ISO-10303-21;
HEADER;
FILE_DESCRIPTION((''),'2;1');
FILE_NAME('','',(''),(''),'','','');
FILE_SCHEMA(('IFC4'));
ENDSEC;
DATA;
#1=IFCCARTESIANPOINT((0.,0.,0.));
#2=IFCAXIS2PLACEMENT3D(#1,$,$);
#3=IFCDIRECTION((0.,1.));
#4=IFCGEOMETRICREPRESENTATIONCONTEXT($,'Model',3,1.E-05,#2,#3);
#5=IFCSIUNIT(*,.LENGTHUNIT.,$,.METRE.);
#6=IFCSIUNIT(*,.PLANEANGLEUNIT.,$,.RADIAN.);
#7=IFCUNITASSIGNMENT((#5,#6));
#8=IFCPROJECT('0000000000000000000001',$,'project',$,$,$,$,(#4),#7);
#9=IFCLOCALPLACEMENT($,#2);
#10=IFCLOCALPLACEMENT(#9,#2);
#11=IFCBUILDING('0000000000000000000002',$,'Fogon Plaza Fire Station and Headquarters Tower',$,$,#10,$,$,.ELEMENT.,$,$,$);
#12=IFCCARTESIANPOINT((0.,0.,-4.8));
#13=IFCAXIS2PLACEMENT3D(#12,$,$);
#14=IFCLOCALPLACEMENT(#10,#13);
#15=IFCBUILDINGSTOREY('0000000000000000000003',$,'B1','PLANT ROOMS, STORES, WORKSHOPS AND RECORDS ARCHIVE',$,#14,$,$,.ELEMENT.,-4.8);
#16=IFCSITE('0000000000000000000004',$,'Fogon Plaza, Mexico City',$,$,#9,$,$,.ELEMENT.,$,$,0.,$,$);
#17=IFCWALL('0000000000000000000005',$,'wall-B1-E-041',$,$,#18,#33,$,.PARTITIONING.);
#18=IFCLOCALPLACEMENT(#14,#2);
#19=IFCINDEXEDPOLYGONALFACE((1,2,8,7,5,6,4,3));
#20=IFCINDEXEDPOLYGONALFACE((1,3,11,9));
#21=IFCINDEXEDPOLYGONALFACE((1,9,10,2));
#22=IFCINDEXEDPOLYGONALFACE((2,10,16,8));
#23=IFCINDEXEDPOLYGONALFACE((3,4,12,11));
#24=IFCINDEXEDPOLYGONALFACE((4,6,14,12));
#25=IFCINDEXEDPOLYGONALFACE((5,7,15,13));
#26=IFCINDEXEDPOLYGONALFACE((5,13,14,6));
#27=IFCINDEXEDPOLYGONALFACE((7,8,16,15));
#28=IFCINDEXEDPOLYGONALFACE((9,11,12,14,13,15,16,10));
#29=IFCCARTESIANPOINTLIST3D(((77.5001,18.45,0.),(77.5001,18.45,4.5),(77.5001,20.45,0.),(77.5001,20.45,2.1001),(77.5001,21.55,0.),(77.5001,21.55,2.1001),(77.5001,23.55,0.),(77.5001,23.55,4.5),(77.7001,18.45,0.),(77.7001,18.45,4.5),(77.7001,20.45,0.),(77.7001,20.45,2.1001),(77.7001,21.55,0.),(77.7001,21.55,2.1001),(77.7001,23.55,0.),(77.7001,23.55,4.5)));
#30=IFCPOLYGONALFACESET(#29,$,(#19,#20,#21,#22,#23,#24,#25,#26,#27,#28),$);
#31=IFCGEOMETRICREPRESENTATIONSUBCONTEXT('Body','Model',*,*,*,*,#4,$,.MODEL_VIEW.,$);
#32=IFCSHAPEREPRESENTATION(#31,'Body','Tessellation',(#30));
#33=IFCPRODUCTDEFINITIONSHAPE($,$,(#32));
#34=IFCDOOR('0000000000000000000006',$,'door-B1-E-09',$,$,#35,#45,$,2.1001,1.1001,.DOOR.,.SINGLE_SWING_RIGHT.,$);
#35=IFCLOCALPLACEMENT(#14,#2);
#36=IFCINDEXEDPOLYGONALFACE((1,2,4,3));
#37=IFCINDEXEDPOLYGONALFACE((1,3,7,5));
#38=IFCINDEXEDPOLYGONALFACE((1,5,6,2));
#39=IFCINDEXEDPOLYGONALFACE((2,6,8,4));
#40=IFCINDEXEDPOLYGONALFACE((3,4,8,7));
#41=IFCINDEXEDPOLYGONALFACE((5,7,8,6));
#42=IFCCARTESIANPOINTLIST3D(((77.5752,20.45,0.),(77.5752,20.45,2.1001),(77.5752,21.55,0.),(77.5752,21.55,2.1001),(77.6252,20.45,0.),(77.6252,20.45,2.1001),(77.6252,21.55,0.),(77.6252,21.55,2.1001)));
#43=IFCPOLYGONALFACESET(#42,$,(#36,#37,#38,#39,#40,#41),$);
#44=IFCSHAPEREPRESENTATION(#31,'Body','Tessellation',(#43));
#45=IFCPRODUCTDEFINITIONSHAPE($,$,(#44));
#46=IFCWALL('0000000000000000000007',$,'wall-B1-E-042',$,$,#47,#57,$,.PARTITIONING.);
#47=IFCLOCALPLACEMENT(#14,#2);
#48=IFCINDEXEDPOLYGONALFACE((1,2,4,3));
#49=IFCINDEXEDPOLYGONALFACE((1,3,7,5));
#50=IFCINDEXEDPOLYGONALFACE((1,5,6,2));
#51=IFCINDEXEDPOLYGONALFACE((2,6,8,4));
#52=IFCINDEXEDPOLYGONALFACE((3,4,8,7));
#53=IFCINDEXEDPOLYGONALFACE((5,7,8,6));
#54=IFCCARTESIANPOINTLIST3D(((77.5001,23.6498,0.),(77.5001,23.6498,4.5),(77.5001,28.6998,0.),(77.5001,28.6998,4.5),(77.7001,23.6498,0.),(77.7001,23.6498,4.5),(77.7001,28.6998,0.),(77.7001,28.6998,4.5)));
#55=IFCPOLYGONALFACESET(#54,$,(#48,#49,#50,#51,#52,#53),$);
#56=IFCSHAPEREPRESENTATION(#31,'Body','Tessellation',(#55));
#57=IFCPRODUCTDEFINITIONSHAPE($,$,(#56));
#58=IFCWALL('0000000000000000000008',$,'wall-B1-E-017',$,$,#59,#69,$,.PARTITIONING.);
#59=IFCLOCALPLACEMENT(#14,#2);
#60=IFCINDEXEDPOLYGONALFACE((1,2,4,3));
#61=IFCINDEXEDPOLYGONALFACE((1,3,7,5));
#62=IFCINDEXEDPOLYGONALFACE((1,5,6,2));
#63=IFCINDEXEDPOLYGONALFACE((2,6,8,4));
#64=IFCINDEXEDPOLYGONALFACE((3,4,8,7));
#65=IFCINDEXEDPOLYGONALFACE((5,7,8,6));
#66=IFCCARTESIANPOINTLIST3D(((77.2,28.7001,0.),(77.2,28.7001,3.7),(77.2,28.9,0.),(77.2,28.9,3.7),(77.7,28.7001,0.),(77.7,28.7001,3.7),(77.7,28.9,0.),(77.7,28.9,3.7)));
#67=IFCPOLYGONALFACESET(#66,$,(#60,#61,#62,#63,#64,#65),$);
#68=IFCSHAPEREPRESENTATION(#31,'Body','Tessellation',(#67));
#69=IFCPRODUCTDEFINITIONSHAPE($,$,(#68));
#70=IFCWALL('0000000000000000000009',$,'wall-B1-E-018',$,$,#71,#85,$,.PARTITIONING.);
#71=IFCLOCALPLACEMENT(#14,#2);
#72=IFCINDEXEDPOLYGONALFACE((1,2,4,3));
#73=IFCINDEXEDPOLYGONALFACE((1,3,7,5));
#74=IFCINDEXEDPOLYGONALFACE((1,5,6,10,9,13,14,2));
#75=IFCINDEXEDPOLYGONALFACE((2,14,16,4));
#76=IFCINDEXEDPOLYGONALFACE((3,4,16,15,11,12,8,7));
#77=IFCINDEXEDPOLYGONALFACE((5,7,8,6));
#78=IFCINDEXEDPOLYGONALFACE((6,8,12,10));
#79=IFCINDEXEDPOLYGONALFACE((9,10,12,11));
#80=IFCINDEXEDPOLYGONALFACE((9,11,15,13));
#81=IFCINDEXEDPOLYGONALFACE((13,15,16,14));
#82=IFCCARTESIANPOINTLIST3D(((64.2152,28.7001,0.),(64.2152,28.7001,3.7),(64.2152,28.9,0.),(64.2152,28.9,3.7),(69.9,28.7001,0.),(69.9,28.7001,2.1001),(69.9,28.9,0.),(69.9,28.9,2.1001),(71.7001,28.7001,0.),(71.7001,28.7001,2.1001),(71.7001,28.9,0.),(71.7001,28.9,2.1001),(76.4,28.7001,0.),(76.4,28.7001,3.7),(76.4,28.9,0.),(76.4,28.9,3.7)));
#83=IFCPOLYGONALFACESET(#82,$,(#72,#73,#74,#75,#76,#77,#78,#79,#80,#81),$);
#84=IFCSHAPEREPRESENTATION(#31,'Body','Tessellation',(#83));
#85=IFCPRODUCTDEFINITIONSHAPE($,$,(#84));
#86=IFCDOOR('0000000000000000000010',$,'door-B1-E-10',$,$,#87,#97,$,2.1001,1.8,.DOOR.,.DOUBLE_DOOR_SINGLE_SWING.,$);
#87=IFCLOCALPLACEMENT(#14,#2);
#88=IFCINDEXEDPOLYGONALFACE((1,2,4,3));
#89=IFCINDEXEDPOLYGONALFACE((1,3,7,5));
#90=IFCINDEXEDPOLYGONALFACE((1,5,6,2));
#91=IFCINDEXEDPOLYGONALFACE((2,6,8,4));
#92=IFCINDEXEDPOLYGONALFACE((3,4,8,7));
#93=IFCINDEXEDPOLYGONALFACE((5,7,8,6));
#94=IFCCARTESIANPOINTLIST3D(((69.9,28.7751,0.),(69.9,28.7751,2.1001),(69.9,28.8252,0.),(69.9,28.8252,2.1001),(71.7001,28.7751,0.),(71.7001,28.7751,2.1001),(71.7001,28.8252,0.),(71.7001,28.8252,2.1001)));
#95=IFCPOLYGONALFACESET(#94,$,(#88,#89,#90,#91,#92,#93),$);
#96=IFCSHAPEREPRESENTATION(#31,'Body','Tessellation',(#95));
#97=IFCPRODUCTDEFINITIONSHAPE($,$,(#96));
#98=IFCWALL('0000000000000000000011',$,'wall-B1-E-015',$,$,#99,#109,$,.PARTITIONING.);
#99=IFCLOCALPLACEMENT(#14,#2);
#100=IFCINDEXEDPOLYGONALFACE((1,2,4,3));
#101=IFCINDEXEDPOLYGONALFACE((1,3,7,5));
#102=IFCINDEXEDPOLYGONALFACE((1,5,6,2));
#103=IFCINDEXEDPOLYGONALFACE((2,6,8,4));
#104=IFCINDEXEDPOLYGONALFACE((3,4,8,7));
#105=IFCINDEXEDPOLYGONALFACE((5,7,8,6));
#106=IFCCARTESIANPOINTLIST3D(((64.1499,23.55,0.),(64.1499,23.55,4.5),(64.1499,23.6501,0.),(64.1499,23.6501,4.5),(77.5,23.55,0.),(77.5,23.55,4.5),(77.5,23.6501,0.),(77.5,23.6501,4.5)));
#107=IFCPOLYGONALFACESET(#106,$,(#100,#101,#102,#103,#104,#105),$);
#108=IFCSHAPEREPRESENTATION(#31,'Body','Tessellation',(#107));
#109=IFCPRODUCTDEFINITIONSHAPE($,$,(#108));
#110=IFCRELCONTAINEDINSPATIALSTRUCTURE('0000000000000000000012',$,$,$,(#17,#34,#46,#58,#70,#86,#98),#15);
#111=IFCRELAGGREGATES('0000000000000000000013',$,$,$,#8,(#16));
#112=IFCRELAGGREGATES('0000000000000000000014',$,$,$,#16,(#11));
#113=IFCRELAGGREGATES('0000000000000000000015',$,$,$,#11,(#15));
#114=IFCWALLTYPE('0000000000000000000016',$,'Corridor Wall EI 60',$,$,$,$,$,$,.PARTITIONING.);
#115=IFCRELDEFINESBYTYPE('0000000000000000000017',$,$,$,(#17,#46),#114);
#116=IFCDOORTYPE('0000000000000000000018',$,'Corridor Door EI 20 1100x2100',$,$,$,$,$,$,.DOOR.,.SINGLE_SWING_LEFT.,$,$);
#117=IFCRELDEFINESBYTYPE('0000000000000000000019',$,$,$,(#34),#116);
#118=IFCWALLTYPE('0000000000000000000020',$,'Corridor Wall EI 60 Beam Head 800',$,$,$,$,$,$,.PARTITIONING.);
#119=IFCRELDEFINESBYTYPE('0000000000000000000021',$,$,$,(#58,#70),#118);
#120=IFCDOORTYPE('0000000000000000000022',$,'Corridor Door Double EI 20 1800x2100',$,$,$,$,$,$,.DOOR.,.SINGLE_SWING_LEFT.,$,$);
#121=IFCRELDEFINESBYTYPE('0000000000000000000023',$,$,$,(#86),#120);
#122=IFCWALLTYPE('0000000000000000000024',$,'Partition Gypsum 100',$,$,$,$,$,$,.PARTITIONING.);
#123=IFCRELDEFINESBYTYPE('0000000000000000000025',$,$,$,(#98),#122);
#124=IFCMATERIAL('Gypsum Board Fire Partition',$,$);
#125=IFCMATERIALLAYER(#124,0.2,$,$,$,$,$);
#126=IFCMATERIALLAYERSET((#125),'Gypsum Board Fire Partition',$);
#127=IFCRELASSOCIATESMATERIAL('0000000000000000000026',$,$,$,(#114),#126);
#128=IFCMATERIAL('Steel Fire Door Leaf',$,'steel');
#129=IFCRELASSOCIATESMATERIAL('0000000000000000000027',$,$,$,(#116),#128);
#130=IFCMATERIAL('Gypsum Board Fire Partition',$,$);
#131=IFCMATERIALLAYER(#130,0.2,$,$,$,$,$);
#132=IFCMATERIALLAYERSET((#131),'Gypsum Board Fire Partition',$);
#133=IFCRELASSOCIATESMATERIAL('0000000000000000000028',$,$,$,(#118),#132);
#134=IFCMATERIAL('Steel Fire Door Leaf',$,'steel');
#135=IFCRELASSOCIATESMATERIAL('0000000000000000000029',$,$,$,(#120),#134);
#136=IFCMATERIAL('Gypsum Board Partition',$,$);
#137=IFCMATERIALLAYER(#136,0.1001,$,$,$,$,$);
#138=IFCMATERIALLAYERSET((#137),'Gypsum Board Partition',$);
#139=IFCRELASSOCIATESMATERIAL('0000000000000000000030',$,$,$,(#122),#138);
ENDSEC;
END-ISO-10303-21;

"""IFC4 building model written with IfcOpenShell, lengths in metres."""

from ifc_helpers import new_model, si_unit, direction, frame, frame_2d, origin, place, context, subcontext, project, spatial, rectangle, extrude, material, layer, layer_set, type_object, element, fill, save


model = new_model("IFC4")

# Units and contexts
model_context = context("Model", 3, precision=1e-05, world=origin(), true_north=direction((0.0, 1.0)))
body_context = subcontext(model_context, "Body", "Model", "MODEL_VIEW")
ifc_project = project(units=[si_unit("LENGTHUNIT", "METRE"), si_unit("PLANEANGLEUNIT", "RADIAN")], contexts=[model_context])

# Site, building, storey
site_placement = place(None, origin())
site = spatial("IfcSite", under=ifc_project, at=site_placement, Name="Fogon Plaza, Mexico City", CompositionType="ELEMENT", RefElevation=0.0)
building_placement = place(site_placement, origin())
building = spatial("IfcBuilding", under=site, at=building_placement, Name="Fogon Plaza Fire Station and Headquarters Tower", CompositionType="ELEMENT")
storey_placement = place(building_placement, frame((0.0, 0.0, -4.8)))
storey = spatial("IfcBuildingStorey", under=building, at=storey_placement, Name="B1", Description="PLANT ROOMS, STORES, WORKSHOPS AND RECORDS ARCHIVE", CompositionType="ELEMENT", Elevation=-4.8)

# Wall, opening, door
ifc_material_1 = material(Name="Gypsum Board Fire Partition")
ifc_layer_1 = layer(ifc_material_1, 0.2)
ifc_layer_set_1 = layer_set([ifc_layer_1], Name="Gypsum Board Fire Partition")
wall_type_1 = type_object("IfcWallType", Name="Corridor Wall EI 60", PredefinedType="PARTITIONING", material=ifc_layer_set_1)
wall_1_placement = place(storey_placement, frame((77.6001, 18.45, 0.0), z_axis=(0.0, 0.0, 1.0), x_axis=(0.0, 1.0, 0.0)))
wall_1 = element("IfcWall", 1, at=wall_1_placement, inside=storey, type_object=wall_type_1, Name="wall-B1-E-041", PredefinedType="PARTITIONING", context=body_context, shape_type="SweptSolid", body=[
    extrude(rectangle(XDim=5.1001, YDim=0.2, at=frame_2d((2.55, 0.0))), origin(), (0.0, 0.0, 1.0), 4.5),
])
opening_1_placement = place(wall_1_placement, frame((2.0, 0.0, 0.0)))
opening_1 = element("IfcOpeningElement", 2, at=opening_1_placement, cuts=wall_1, PredefinedType="OPENING", context=body_context, shape_type="SweptSolid", body=[
    extrude(rectangle(XDim=1.1001, YDim=2.1001, at=frame_2d((0.55, 1.05))), frame((0.0, 0.1099, 0.0), z_axis=(0.0, -1.0, 0.0), x_axis=(1.0, 0.0, 0.0)), (0.0, 0.0, 1.0), 0.22),
])
ifc_material_2 = material(Name="Steel Fire Door Leaf", Category="steel")
door_type_1 = type_object("IfcDoorType", Name="Corridor Door EI 20 1100x2100", OperationType="SINGLE_SWING_LEFT", PredefinedType="DOOR", material=ifc_material_2)
door_1_placement = place(opening_1_placement, origin())
door_1 = element("IfcDoor", 3, at=door_1_placement, inside=storey, type_object=door_type_1, Name="door-B1-E-09", OperationType="SINGLE_SWING_RIGHT", OverallHeight=2.1001, OverallWidth=1.1001, PredefinedType="DOOR", context=body_context, shape_type="SweptSolid", body=[
    extrude(rectangle(XDim=1.1001, YDim=2.1001, at=frame_2d((0.55, 1.05))), frame((0.0, 0.0249, 0.0), z_axis=(0.0, -1.0, 0.0), x_axis=(1.0, 0.0, 0.0)), (0.0, 0.0, 1.0), 0.05),
])
fill(opening_1, door_1)

# Walls
wall_2_placement = place(storey_placement, frame((77.6001, 23.6499, 0.0), z_axis=(0.0, 0.0, 1.0), x_axis=(0.0, 1.0, 0.0)))
element("IfcWall", 4, at=wall_2_placement, inside=storey, type_object=wall_type_1, Name="wall-B1-E-042", PredefinedType="PARTITIONING", context=body_context, shape_type="SweptSolid", body=[
    extrude(rectangle(XDim=5.05, YDim=0.2, at=frame_2d((2.5249, 0.0))), origin(), (0.0, 0.0, 1.0), 4.5),
])
ifc_material_3 = material(Name="Gypsum Board Fire Partition")
ifc_layer_2 = layer(ifc_material_3, 0.2)
ifc_layer_set_2 = layer_set([ifc_layer_2], Name="Gypsum Board Fire Partition")
wall_type_2 = type_object("IfcWallType", Name="Corridor Wall EI 60 Beam Head 800", PredefinedType="PARTITIONING", material=ifc_layer_set_2)
wall_3_placement = place(storey_placement, frame((77.7, 28.8, 0.0), z_axis=(0.0, 0.0, 1.0), x_axis=(-1.0, 0.0, 0.0)))
element("IfcWall", 5, at=wall_3_placement, inside=storey, type_object=wall_type_2, Name="wall-B1-E-017", PredefinedType="PARTITIONING", context=body_context, shape_type="SweptSolid", body=[
    extrude(rectangle(XDim=0.5, YDim=0.2, at=frame_2d((0.25, 0.0))), origin(), (0.0, 0.0, 1.0), 3.7),
])

# Wall, opening, door
wall_4_placement = place(storey_placement, frame((76.3999, 28.8, 0.0), z_axis=(0.0, 0.0, 1.0), x_axis=(-1.0, 0.0, 0.0)))
wall_4 = element("IfcWall", 6, at=wall_4_placement, inside=storey, type_object=wall_type_2, Name="wall-B1-E-018", PredefinedType="PARTITIONING", context=body_context, shape_type="SweptSolid", body=[
    extrude(rectangle(XDim=12.1848, YDim=0.2, at=frame_2d((6.0923, 0.0))), origin(), (0.0, 0.0, 1.0), 3.7),
])
opening_2_placement = place(wall_4_placement, frame((4.7, 0.0, 0.0)))
opening_2 = element("IfcOpeningElement", 7, at=opening_2_placement, cuts=wall_4, PredefinedType="OPENING", context=body_context, shape_type="SweptSolid", body=[
    extrude(rectangle(XDim=1.8, YDim=2.1001, at=frame_2d((0.8999, 1.05))), frame((0.0, 0.1099, 0.0), z_axis=(0.0, -1.0, 0.0), x_axis=(1.0, 0.0, 0.0)), (0.0, 0.0, 1.0), 0.22),
])
ifc_material_4 = material(Name="Steel Fire Door Leaf", Category="steel")
door_type_2 = type_object("IfcDoorType", Name="Corridor Door Double EI 20 1800x2100", OperationType="SINGLE_SWING_LEFT", PredefinedType="DOOR", material=ifc_material_4)
door_2_placement = place(opening_2_placement, origin())
door_2 = element("IfcDoor", 8, at=door_2_placement, inside=storey, type_object=door_type_2, Name="door-B1-E-10", OperationType="DOUBLE_DOOR_SINGLE_SWING", OverallHeight=2.1001, OverallWidth=1.8, PredefinedType="DOOR", context=body_context, shape_type="SweptSolid", body=[
    extrude(rectangle(XDim=1.8, YDim=2.1001, at=frame_2d((0.8999, 1.05))), frame((0.0, 0.0249, 0.0), z_axis=(0.0, -1.0, 0.0), x_axis=(1.0, 0.0, 0.0)), (0.0, 0.0, 1.0), 0.05),
])
fill(opening_2, door_2)

# Wall
ifc_material_5 = material(Name="Gypsum Board Partition")
ifc_layer_3 = layer(ifc_material_5, 0.1001)
ifc_layer_set_3 = layer_set([ifc_layer_3], Name="Gypsum Board Partition")
wall_type_3 = type_object("IfcWallType", Name="Partition Gypsum 100", PredefinedType="PARTITIONING", material=ifc_layer_set_3)
wall_5_placement = place(storey_placement, frame((77.5, 23.6001, 0.0), z_axis=(0.0, 0.0, 1.0), x_axis=(-1.0, 0.0, 0.0)))
element("IfcWall", 9, at=wall_5_placement, inside=storey, type_object=wall_type_3, Name="wall-B1-E-015", PredefinedType="PARTITIONING", context=body_context, shape_type="SweptSolid", body=[
    extrude(rectangle(XDim=13.3501, YDim=0.1001, at=frame_2d((6.675, 0.0))), origin(), (0.0, 0.0, 1.0), 4.5),
])

save(model, "model.ifc")
